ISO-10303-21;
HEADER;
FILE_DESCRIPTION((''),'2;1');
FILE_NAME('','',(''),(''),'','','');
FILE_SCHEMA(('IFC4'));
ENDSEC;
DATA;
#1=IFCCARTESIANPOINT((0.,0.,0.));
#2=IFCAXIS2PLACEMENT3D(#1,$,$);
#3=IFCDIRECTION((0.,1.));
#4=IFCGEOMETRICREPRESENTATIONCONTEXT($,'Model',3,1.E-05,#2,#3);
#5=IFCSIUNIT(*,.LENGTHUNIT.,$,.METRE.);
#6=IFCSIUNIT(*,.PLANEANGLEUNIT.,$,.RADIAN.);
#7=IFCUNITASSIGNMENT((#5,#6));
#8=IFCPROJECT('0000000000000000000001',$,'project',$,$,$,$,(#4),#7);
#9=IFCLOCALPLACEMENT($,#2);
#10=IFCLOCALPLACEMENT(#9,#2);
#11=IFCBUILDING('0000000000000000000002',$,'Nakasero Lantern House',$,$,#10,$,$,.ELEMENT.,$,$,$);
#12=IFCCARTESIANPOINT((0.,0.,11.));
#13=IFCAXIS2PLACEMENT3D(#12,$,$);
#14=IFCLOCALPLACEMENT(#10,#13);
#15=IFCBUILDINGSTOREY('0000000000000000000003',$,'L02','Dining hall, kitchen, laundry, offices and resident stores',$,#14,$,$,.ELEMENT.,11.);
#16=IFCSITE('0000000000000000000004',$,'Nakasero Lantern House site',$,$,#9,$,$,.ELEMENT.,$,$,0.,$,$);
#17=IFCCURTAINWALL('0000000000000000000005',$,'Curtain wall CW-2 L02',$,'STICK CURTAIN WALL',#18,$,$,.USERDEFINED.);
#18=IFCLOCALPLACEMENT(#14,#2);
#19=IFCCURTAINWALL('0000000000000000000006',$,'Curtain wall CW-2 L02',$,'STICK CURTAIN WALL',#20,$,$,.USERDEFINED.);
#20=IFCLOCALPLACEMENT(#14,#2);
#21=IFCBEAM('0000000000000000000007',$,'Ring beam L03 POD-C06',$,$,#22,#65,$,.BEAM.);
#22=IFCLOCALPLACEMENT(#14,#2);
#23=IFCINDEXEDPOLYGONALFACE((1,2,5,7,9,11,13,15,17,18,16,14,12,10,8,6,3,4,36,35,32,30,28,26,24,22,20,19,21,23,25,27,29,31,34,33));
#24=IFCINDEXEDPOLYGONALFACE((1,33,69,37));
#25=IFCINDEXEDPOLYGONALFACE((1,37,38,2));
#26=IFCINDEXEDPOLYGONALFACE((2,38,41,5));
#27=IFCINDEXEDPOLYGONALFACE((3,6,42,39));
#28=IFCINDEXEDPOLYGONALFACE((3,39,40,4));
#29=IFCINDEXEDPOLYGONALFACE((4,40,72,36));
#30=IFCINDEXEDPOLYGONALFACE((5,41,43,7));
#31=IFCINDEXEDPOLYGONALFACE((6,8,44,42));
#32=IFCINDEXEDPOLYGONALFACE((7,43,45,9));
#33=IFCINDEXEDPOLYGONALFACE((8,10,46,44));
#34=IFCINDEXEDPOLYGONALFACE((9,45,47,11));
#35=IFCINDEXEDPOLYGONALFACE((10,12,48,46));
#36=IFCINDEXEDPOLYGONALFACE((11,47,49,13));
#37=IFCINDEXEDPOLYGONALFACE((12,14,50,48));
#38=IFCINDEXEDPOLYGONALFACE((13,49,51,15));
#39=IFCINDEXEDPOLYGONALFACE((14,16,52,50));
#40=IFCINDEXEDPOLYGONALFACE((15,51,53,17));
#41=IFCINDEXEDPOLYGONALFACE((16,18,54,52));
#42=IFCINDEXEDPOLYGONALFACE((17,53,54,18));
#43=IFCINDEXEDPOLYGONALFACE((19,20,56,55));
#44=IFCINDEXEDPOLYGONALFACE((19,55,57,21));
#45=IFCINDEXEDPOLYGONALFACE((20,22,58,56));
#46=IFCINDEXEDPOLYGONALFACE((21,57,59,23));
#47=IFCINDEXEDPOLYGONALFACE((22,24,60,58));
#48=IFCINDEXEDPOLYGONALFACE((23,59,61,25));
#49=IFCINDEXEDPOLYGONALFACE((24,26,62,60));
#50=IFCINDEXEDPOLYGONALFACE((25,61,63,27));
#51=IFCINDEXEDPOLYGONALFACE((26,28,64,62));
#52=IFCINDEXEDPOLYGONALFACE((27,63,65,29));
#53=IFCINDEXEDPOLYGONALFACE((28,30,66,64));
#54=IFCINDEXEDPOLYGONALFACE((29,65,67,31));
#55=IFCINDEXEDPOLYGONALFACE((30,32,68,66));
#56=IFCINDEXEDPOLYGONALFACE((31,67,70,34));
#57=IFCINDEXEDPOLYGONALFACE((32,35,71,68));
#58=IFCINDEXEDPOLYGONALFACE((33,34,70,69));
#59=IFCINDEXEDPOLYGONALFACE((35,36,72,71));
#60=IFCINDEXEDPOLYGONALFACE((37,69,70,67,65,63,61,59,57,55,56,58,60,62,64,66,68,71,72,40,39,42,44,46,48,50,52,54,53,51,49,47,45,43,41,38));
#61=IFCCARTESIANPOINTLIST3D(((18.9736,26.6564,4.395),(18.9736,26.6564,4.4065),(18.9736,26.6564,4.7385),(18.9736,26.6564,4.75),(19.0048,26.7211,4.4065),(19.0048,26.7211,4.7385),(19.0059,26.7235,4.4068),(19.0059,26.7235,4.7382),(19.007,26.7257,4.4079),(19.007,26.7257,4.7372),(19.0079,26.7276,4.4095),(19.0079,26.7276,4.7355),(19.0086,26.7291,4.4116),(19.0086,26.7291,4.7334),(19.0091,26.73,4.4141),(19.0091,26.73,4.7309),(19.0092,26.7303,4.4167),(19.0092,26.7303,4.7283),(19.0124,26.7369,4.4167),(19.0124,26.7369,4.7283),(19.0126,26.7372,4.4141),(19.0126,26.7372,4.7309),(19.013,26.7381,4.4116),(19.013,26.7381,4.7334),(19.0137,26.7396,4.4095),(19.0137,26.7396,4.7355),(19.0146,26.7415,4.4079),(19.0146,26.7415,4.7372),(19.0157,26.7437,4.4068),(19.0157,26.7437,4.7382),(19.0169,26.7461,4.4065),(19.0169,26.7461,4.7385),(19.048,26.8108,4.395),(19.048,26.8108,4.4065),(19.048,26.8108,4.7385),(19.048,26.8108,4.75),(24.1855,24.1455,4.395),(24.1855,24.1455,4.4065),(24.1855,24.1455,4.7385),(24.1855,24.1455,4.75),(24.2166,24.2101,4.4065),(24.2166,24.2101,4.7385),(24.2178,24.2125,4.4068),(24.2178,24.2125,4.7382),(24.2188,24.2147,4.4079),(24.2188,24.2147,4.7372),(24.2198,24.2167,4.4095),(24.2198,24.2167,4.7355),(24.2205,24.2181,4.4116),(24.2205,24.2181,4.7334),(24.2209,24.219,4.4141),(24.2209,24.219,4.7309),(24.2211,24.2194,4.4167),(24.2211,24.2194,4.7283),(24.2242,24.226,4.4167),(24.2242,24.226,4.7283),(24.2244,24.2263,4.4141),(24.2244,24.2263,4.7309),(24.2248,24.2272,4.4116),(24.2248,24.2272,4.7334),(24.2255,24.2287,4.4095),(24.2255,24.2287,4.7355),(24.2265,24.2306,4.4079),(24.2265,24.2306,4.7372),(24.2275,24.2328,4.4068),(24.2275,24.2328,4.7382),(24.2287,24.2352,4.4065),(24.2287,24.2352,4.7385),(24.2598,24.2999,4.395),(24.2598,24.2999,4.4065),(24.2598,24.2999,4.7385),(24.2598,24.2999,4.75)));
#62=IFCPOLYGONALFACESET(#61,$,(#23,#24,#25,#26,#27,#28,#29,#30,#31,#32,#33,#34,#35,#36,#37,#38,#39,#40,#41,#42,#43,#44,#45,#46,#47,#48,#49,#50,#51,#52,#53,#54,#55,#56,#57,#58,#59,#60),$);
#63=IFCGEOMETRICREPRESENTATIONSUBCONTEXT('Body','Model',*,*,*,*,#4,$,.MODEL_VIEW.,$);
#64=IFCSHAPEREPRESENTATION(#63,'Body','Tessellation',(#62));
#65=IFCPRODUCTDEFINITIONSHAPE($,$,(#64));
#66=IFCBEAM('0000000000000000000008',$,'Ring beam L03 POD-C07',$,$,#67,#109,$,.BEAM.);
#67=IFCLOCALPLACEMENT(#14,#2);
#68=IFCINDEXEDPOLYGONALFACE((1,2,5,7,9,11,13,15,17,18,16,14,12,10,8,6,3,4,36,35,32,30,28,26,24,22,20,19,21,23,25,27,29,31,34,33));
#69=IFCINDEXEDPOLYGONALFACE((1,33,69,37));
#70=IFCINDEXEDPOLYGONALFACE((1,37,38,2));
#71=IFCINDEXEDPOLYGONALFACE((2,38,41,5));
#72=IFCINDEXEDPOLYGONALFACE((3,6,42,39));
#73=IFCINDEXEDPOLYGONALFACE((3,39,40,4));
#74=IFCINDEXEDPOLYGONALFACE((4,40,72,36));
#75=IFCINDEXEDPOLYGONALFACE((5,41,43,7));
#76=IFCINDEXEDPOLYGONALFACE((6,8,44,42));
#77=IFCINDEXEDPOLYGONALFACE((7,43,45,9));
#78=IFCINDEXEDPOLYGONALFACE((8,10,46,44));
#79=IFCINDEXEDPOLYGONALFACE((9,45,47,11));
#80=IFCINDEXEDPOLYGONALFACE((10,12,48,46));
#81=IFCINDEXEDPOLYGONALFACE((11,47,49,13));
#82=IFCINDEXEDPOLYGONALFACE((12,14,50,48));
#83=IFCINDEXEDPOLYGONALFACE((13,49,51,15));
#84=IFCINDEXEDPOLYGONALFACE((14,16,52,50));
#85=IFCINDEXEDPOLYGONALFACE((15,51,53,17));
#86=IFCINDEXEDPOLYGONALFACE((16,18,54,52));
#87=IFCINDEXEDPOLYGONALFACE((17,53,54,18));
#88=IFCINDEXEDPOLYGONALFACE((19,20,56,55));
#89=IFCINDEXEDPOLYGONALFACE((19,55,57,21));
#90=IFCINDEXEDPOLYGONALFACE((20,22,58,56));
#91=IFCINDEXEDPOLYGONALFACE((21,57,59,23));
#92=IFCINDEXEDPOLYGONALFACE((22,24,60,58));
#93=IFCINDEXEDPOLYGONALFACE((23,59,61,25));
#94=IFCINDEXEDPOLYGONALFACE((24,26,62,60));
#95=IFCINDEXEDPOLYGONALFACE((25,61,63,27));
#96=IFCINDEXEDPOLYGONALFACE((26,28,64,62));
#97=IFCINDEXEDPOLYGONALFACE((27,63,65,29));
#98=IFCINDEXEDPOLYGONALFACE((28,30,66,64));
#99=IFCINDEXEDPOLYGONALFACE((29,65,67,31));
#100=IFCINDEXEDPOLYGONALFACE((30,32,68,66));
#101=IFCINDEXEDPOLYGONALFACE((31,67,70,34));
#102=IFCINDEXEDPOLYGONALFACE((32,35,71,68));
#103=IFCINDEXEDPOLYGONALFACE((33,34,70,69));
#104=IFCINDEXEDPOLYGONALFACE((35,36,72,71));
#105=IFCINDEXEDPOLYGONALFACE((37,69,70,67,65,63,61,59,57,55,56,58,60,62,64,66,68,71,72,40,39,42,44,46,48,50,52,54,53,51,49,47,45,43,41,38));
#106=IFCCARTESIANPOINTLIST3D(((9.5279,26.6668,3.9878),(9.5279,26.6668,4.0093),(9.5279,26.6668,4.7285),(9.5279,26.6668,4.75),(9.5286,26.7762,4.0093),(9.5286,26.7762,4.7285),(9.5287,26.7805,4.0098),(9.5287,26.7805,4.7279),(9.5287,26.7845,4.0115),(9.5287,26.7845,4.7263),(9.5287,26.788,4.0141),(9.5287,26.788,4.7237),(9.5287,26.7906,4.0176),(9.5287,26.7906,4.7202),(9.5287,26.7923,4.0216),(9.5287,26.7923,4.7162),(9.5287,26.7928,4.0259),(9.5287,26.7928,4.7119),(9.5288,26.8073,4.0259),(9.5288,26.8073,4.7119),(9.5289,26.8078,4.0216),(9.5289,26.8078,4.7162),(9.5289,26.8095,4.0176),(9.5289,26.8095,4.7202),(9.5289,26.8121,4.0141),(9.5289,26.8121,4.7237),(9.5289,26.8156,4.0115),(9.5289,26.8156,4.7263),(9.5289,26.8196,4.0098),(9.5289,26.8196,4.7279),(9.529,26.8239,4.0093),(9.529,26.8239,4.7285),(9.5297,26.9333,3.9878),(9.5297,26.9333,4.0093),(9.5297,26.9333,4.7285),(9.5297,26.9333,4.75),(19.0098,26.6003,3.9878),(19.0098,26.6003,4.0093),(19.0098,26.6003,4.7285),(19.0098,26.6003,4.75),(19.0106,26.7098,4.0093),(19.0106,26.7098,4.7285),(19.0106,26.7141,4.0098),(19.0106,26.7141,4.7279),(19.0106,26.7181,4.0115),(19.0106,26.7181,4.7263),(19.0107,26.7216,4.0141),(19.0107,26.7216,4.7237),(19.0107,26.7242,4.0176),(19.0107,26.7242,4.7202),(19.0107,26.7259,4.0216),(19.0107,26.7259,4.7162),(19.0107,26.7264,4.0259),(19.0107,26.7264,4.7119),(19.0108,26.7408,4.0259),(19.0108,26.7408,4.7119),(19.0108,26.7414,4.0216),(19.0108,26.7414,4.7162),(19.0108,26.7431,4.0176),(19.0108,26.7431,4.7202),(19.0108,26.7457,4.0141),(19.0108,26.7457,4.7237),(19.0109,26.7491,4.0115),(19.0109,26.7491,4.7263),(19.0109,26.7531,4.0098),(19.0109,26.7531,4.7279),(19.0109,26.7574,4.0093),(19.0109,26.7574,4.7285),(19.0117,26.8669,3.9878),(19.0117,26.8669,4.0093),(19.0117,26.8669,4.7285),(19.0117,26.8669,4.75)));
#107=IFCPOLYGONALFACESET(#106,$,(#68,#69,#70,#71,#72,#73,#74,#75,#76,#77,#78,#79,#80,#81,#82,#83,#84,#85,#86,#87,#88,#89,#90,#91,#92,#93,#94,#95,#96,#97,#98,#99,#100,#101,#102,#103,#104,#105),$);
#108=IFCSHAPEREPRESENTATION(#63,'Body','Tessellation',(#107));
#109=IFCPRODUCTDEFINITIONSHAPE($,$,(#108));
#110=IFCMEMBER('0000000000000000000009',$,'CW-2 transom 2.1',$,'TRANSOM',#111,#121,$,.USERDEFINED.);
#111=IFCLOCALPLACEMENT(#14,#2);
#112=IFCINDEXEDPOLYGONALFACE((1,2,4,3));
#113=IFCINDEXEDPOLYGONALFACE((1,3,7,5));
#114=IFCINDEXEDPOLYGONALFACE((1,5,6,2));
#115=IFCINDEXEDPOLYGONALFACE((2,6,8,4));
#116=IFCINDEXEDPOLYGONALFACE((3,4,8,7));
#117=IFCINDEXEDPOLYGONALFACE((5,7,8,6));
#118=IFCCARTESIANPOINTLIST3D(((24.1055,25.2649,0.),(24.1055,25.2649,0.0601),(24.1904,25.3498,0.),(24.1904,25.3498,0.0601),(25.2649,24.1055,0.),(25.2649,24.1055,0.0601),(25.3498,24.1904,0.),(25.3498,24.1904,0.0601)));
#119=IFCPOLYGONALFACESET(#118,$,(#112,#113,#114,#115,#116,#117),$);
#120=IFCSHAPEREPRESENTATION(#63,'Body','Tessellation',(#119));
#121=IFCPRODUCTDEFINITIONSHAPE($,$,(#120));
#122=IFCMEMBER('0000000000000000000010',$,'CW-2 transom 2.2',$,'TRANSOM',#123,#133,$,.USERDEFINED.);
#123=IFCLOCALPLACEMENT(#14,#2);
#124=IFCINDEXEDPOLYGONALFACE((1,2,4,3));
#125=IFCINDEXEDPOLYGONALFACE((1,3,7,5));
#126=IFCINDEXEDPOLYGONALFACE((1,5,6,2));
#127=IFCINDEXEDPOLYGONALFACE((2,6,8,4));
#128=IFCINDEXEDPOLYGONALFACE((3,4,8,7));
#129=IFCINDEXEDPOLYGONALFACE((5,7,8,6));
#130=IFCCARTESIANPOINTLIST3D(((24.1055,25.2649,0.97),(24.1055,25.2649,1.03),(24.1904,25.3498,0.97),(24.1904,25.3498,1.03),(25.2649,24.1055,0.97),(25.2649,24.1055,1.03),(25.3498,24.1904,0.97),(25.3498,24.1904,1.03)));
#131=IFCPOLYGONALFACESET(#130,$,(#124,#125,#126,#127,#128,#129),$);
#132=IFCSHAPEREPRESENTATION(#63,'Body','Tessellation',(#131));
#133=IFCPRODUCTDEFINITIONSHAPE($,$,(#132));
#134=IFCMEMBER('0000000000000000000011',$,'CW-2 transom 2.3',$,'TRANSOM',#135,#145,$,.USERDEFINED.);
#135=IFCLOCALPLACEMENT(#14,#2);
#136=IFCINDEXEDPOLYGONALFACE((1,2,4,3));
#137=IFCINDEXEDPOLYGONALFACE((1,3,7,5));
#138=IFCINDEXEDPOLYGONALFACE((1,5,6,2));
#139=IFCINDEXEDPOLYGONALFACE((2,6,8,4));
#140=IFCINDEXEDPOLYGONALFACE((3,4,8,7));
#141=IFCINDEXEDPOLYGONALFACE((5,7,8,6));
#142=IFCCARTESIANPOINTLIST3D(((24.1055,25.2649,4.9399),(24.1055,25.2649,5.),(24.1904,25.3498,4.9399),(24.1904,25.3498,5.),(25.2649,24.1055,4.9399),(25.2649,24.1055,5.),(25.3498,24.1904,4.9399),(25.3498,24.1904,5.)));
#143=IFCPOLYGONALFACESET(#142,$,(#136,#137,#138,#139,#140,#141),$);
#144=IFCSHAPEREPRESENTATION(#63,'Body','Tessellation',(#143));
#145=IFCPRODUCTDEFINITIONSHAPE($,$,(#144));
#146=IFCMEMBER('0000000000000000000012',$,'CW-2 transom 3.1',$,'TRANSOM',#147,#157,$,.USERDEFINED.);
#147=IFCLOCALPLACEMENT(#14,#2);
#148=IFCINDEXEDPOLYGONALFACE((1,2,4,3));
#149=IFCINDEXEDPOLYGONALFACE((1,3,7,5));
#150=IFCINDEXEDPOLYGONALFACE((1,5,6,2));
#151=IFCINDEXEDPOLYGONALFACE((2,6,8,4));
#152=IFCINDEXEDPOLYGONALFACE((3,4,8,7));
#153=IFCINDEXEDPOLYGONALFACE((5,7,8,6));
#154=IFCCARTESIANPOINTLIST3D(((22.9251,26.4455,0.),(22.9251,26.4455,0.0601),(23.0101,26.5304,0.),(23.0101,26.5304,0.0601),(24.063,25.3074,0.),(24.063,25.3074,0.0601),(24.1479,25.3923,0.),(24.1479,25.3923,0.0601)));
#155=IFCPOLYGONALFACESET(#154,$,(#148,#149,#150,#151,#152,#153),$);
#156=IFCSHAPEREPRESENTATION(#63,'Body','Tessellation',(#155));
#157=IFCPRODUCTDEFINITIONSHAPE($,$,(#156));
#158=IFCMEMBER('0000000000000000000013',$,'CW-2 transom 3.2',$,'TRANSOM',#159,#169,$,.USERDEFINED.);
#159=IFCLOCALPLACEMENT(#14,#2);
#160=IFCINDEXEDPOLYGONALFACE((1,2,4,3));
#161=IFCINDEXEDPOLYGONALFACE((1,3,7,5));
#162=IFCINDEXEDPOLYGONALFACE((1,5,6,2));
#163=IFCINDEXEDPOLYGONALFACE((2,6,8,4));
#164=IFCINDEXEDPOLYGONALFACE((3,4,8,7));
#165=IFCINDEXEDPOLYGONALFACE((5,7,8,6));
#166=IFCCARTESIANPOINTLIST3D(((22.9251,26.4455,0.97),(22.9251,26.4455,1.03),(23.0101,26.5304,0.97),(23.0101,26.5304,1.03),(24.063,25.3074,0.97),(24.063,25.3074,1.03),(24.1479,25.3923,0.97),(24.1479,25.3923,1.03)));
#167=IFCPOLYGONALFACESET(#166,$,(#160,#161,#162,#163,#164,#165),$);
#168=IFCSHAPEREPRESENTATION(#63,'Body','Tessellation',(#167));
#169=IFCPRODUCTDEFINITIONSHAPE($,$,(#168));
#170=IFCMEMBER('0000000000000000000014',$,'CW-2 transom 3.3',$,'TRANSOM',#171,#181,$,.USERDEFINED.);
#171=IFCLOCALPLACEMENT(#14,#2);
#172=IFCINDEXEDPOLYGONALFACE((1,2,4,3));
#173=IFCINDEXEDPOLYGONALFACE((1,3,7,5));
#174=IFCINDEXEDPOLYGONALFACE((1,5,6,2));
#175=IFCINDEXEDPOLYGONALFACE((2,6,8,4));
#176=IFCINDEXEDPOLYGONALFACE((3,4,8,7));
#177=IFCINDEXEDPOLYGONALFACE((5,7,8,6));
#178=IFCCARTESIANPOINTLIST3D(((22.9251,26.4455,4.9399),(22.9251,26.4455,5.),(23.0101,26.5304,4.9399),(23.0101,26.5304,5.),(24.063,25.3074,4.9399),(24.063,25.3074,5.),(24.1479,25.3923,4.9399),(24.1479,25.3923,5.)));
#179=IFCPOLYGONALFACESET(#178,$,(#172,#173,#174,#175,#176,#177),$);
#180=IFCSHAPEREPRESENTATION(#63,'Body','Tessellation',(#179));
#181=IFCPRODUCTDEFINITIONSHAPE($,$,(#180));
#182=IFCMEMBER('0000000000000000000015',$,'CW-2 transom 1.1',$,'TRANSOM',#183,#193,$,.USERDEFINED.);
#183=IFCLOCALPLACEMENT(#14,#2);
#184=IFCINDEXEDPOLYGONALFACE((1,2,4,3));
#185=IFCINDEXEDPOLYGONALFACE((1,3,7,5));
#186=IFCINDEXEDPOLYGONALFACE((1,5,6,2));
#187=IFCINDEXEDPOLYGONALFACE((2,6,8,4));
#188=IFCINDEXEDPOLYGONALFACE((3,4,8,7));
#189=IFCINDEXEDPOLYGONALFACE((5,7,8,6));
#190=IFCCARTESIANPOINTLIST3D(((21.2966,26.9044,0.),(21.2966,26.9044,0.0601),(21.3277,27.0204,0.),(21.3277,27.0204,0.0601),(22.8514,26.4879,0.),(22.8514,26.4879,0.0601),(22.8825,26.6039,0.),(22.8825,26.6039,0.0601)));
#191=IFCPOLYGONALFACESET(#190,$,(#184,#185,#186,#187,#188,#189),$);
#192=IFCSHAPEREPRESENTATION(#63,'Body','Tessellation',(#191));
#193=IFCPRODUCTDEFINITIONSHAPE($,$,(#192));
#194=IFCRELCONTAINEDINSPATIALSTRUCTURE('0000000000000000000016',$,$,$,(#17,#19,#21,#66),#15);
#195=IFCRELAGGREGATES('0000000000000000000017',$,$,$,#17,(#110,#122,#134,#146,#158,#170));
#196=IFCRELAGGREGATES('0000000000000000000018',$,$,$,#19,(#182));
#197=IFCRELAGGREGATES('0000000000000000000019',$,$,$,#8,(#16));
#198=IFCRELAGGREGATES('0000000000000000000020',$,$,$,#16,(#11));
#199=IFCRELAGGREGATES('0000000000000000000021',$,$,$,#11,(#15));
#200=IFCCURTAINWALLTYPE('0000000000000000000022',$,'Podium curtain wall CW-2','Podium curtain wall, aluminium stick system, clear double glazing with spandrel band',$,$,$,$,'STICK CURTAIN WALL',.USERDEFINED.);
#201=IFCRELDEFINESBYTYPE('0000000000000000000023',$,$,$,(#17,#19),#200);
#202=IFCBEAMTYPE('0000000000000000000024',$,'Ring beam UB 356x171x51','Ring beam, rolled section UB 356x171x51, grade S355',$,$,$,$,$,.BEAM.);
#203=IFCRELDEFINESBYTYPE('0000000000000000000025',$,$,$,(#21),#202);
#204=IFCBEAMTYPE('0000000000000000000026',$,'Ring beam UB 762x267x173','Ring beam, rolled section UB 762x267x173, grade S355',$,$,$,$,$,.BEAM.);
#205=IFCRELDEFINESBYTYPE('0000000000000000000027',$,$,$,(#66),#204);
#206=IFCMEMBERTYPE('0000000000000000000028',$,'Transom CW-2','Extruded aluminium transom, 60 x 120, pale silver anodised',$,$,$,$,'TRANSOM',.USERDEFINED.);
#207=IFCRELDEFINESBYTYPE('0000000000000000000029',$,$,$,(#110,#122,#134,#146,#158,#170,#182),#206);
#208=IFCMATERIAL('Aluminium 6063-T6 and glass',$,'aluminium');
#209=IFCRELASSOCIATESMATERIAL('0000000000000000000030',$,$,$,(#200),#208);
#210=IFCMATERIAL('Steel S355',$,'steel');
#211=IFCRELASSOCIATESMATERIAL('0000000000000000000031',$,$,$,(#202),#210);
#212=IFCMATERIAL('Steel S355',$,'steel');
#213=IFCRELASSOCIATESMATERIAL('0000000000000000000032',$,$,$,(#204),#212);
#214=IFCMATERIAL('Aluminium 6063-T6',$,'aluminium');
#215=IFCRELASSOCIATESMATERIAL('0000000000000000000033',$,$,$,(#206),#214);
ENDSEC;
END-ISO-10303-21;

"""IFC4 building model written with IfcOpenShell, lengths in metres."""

from ifc_helpers import new_model, si_unit, direction, frame, origin, origin_2d, place, context, subcontext, project, spatial, rectangle, i_section, extrude, material, material_profile, profile_set, type_object, element, aggregate, save


model = new_model("IFC4")

# Units and contexts
model_context = context("Model", 3, precision=1e-05, world=origin(), true_north=direction((0.0, 1.0)))
body_context = subcontext(model_context, "Body", "Model", "MODEL_VIEW")
ifc_project = project(units=[si_unit("LENGTHUNIT", "METRE"), si_unit("PLANEANGLEUNIT", "RADIAN")], contexts=[model_context])

# Site, building, storey
site_placement = place(None, origin())
site = spatial("IfcSite", under=ifc_project, at=site_placement, Name="Nakasero Lantern House site", CompositionType="ELEMENT", RefElevation=0.0)
building_placement = place(site_placement, origin())
building = spatial("IfcBuilding", under=site, at=building_placement, Name="Nakasero Lantern House", CompositionType="ELEMENT")
storey_placement = place(building_placement, frame((0.0, 0.0, 11.0)))
storey = spatial("IfcBuildingStorey", under=building, at=storey_placement, Name="L02", Description="Dining hall, kitchen, laundry, offices and resident stores", CompositionType="ELEMENT", Elevation=11.0)

# Curtain walls
ifc_material_1 = material(Name="Aluminium 6063-T6 and glass", Category="aluminium")
curtain_wall_type = type_object("IfcCurtainWallType", Name="Podium curtain wall CW-2", Description="Podium curtain wall, aluminium stick system, clear double glazing with spandrel band", ElementType="STICK CURTAIN WALL", PredefinedType="USERDEFINED", material=ifc_material_1)
curtain_wall_1_placement = place(storey_placement, origin())
curtain_wall_1 = element("IfcCurtainWall", 1, at=curtain_wall_1_placement, inside=storey, type_object=curtain_wall_type, Name="Curtain wall CW-2 L02", ObjectType="STICK CURTAIN WALL", PredefinedType="USERDEFINED")
curtain_wall_2_placement = place(storey_placement, origin())
curtain_wall_2 = element("IfcCurtainWall", 2, at=curtain_wall_2_placement, inside=storey, type_object=curtain_wall_type, Name="Curtain wall CW-2 L02", ObjectType="STICK CURTAIN WALL", PredefinedType="USERDEFINED")

# Beams
ifc_material_2 = material(Name="Steel S355", Category="steel")
ifc_material_profile_1 = material_profile(ifc_material_2, i_section(OverallWidth=0.1714, OverallDepth=0.355, WebThickness=0.0073, FlangeThickness=0.0115, FilletRadius=0.0103, at=origin_2d()), Name="UB 356x171x51")
ifc_profile_set_1 = profile_set([ifc_material_profile_1], Name="Steel S355")
beam_type_1 = type_object("IfcBeamType", Name="Ring beam UB 356x171x51", Description="Ring beam, rolled section UB 356x171x51, grade S355", PredefinedType="BEAM", material=ifc_profile_set_1)
beam_1_placement = place(storey_placement, frame((24.2227, 24.2227, 4.5725), z_axis=(-0.900897, 0.434033, 0.0), x_axis=(-0.434033, -0.900897, 0.0)))
element("IfcBeam", 3, at=beam_1_placement, inside=storey, type_object=beam_type_1, Name="Ring beam L03 POD-C06", PredefinedType="BEAM", context=body_context, shape_type="SweptSolid", body=[
    extrude(i_section(OverallWidth=0.1714, OverallDepth=0.355, WebThickness=0.0073, FlangeThickness=0.0115, FilletRadius=0.0103, at=origin_2d()), origin(), (0.0, 0.0, 1.0), 5.7852),
])
ifc_material_3 = material(Name="Steel S355", Category="steel")
ifc_material_profile_2 = material_profile(ifc_material_3, i_section(OverallWidth=0.2666, OverallDepth=0.7622, WebThickness=0.0144, FlangeThickness=0.0215, FilletRadius=0.0166, at=origin_2d()), Name="UB 762x267x173")
ifc_profile_set_2 = profile_set([ifc_material_profile_2], Name="Steel S355")
beam_type_2 = type_object("IfcBeamType", Name="Ring beam UB 762x267x173", Description="Ring beam, rolled section UB 762x267x173, grade S355", PredefinedType="BEAM", material=ifc_profile_set_2)
beam_2_placement = place(storey_placement, frame((19.0107, 26.7336, 4.3689), z_axis=(-0.999975, 0.007003, 0.0), x_axis=(-0.007003, -0.999975, 0.0)))
element("IfcBeam", 4, at=beam_2_placement, inside=storey, type_object=beam_type_2, Name="Ring beam L03 POD-C07", PredefinedType="BEAM", context=body_context, shape_type="SweptSolid", body=[
    extrude(i_section(OverallWidth=0.2666, OverallDepth=0.7622, WebThickness=0.0144, FlangeThickness=0.0215, FilletRadius=0.0166, at=origin_2d()), origin(), (0.0, 0.0, 1.0), 9.4822),
])

# Members
ifc_material_4 = material(Name="Aluminium 6063-T6", Category="aluminium")
ifc_material_profile_3 = material_profile(ifc_material_4, rectangle(XDim=0.0601, YDim=0.1201, at=origin_2d()), Name="CW-2 transom 60x120")
ifc_profile_set_3 = profile_set([ifc_material_profile_3], Name="Aluminium 6063-T6")
member_type_1 = type_object("IfcMemberType", Name="Transom CW-2", Description="Extruded aluminium transom, 60 x 120, pale silver anodised", ElementType="TRANSOM", PredefinedType="USERDEFINED", material=ifc_profile_set_3)
member_1_placement = place(storey_placement, frame((25.3074, 24.1479, 0.03), z_axis=(-0.707107, 0.707107, 0.0), x_axis=(0.0, 0.0, 1.0)))
member_1 = element("IfcMember", 5, at=member_1_placement, type_object=member_type_1, Name="CW-2 transom 2.1", ObjectType="TRANSOM", PredefinedType="USERDEFINED", context=body_context, shape_type="SweptSolid", body=[
    extrude(rectangle(XDim=0.0601, YDim=0.1201, at=origin_2d()), origin(), (0.0, 0.0, 1.0), 1.6396),
])
member_2_placement = place(storey_placement, frame((25.3074, 24.1479, 1.0), z_axis=(-0.707107, 0.707107, 0.0), x_axis=(0.0, 0.0, 1.0)))
member_2 = element("IfcMember", 6, at=member_2_placement, type_object=member_type_1, Name="CW-2 transom 2.2", ObjectType="TRANSOM", PredefinedType="USERDEFINED", context=body_context, shape_type="SweptSolid", body=[
    extrude(rectangle(XDim=0.0601, YDim=0.1201, at=origin_2d()), origin(), (0.0, 0.0, 1.0), 1.6396),
])
member_3_placement = place(storey_placement, frame((25.3074, 24.1479, 4.97), z_axis=(-0.707107, 0.707107, 0.0), x_axis=(0.0, 0.0, 1.0)))
member_3 = element("IfcMember", 7, at=member_3_placement, type_object=member_type_1, Name="CW-2 transom 2.3", ObjectType="TRANSOM", PredefinedType="USERDEFINED", context=body_context, shape_type="SweptSolid", body=[
    extrude(rectangle(XDim=0.0601, YDim=0.1201, at=origin_2d()), origin(), (0.0, 0.0, 1.0), 1.6396),
])
member_4_placement = place(storey_placement, frame((24.1055, 25.3499, 0.03), z_axis=(-0.707031, 0.707183, 0.0), x_axis=(0.0, 0.0, 1.0)))
member_4 = element("IfcMember", 8, at=member_4_placement, type_object=member_type_1, Name="CW-2 transom 3.1", ObjectType="TRANSOM", PredefinedType="USERDEFINED", context=body_context, shape_type="SweptSolid", body=[
    extrude(rectangle(XDim=0.0601, YDim=0.1201, at=origin_2d()), origin(), (0.0, 0.0, 1.0), 1.6094),
])
member_5_placement = place(storey_placement, frame((24.1055, 25.3499, 1.0), z_axis=(-0.707031, 0.707183, 0.0), x_axis=(0.0, 0.0, 1.0)))
member_5 = element("IfcMember", 9, at=member_5_placement, type_object=member_type_1, Name="CW-2 transom 3.2", ObjectType="TRANSOM", PredefinedType="USERDEFINED", context=body_context, shape_type="SweptSolid", body=[
    extrude(rectangle(XDim=0.0601, YDim=0.1201, at=origin_2d()), origin(), (0.0, 0.0, 1.0), 1.6094),
])
member_6_placement = place(storey_placement, frame((24.1055, 25.3499, 4.97), z_axis=(-0.707031, 0.707183, 0.0), x_axis=(0.0, 0.0, 1.0)))
member_6 = element("IfcMember", 10, at=member_6_placement, type_object=member_type_1, Name="CW-2 transom 3.3", ObjectType="TRANSOM", PredefinedType="USERDEFINED", context=body_context, shape_type="SweptSolid", body=[
    extrude(rectangle(XDim=0.0601, YDim=0.1201, at=origin_2d()), origin(), (0.0, 0.0, 1.0), 1.6094),
])
member_7_placement = place(storey_placement, frame((22.8669, 26.5459, 0.03), z_axis=(-0.965937, 0.258777, 0.0), x_axis=(0.0, 0.0, 1.0)))
member_7 = element("IfcMember", 11, at=member_7_placement, type_object=member_type_1, Name="CW-2 transom 1.1", ObjectType="TRANSOM", PredefinedType="USERDEFINED", context=body_context, shape_type="SweptSolid", body=[
    extrude(rectangle(XDim=0.0601, YDim=0.1201, at=origin_2d()), origin(), (0.0, 0.0, 1.0), 1.6096),
])

aggregate(curtain_wall_1, [member_1, member_2, member_3, member_4, member_5, member_6])
aggregate(curtain_wall_2, [member_7])

save(model, "model.ifc")
